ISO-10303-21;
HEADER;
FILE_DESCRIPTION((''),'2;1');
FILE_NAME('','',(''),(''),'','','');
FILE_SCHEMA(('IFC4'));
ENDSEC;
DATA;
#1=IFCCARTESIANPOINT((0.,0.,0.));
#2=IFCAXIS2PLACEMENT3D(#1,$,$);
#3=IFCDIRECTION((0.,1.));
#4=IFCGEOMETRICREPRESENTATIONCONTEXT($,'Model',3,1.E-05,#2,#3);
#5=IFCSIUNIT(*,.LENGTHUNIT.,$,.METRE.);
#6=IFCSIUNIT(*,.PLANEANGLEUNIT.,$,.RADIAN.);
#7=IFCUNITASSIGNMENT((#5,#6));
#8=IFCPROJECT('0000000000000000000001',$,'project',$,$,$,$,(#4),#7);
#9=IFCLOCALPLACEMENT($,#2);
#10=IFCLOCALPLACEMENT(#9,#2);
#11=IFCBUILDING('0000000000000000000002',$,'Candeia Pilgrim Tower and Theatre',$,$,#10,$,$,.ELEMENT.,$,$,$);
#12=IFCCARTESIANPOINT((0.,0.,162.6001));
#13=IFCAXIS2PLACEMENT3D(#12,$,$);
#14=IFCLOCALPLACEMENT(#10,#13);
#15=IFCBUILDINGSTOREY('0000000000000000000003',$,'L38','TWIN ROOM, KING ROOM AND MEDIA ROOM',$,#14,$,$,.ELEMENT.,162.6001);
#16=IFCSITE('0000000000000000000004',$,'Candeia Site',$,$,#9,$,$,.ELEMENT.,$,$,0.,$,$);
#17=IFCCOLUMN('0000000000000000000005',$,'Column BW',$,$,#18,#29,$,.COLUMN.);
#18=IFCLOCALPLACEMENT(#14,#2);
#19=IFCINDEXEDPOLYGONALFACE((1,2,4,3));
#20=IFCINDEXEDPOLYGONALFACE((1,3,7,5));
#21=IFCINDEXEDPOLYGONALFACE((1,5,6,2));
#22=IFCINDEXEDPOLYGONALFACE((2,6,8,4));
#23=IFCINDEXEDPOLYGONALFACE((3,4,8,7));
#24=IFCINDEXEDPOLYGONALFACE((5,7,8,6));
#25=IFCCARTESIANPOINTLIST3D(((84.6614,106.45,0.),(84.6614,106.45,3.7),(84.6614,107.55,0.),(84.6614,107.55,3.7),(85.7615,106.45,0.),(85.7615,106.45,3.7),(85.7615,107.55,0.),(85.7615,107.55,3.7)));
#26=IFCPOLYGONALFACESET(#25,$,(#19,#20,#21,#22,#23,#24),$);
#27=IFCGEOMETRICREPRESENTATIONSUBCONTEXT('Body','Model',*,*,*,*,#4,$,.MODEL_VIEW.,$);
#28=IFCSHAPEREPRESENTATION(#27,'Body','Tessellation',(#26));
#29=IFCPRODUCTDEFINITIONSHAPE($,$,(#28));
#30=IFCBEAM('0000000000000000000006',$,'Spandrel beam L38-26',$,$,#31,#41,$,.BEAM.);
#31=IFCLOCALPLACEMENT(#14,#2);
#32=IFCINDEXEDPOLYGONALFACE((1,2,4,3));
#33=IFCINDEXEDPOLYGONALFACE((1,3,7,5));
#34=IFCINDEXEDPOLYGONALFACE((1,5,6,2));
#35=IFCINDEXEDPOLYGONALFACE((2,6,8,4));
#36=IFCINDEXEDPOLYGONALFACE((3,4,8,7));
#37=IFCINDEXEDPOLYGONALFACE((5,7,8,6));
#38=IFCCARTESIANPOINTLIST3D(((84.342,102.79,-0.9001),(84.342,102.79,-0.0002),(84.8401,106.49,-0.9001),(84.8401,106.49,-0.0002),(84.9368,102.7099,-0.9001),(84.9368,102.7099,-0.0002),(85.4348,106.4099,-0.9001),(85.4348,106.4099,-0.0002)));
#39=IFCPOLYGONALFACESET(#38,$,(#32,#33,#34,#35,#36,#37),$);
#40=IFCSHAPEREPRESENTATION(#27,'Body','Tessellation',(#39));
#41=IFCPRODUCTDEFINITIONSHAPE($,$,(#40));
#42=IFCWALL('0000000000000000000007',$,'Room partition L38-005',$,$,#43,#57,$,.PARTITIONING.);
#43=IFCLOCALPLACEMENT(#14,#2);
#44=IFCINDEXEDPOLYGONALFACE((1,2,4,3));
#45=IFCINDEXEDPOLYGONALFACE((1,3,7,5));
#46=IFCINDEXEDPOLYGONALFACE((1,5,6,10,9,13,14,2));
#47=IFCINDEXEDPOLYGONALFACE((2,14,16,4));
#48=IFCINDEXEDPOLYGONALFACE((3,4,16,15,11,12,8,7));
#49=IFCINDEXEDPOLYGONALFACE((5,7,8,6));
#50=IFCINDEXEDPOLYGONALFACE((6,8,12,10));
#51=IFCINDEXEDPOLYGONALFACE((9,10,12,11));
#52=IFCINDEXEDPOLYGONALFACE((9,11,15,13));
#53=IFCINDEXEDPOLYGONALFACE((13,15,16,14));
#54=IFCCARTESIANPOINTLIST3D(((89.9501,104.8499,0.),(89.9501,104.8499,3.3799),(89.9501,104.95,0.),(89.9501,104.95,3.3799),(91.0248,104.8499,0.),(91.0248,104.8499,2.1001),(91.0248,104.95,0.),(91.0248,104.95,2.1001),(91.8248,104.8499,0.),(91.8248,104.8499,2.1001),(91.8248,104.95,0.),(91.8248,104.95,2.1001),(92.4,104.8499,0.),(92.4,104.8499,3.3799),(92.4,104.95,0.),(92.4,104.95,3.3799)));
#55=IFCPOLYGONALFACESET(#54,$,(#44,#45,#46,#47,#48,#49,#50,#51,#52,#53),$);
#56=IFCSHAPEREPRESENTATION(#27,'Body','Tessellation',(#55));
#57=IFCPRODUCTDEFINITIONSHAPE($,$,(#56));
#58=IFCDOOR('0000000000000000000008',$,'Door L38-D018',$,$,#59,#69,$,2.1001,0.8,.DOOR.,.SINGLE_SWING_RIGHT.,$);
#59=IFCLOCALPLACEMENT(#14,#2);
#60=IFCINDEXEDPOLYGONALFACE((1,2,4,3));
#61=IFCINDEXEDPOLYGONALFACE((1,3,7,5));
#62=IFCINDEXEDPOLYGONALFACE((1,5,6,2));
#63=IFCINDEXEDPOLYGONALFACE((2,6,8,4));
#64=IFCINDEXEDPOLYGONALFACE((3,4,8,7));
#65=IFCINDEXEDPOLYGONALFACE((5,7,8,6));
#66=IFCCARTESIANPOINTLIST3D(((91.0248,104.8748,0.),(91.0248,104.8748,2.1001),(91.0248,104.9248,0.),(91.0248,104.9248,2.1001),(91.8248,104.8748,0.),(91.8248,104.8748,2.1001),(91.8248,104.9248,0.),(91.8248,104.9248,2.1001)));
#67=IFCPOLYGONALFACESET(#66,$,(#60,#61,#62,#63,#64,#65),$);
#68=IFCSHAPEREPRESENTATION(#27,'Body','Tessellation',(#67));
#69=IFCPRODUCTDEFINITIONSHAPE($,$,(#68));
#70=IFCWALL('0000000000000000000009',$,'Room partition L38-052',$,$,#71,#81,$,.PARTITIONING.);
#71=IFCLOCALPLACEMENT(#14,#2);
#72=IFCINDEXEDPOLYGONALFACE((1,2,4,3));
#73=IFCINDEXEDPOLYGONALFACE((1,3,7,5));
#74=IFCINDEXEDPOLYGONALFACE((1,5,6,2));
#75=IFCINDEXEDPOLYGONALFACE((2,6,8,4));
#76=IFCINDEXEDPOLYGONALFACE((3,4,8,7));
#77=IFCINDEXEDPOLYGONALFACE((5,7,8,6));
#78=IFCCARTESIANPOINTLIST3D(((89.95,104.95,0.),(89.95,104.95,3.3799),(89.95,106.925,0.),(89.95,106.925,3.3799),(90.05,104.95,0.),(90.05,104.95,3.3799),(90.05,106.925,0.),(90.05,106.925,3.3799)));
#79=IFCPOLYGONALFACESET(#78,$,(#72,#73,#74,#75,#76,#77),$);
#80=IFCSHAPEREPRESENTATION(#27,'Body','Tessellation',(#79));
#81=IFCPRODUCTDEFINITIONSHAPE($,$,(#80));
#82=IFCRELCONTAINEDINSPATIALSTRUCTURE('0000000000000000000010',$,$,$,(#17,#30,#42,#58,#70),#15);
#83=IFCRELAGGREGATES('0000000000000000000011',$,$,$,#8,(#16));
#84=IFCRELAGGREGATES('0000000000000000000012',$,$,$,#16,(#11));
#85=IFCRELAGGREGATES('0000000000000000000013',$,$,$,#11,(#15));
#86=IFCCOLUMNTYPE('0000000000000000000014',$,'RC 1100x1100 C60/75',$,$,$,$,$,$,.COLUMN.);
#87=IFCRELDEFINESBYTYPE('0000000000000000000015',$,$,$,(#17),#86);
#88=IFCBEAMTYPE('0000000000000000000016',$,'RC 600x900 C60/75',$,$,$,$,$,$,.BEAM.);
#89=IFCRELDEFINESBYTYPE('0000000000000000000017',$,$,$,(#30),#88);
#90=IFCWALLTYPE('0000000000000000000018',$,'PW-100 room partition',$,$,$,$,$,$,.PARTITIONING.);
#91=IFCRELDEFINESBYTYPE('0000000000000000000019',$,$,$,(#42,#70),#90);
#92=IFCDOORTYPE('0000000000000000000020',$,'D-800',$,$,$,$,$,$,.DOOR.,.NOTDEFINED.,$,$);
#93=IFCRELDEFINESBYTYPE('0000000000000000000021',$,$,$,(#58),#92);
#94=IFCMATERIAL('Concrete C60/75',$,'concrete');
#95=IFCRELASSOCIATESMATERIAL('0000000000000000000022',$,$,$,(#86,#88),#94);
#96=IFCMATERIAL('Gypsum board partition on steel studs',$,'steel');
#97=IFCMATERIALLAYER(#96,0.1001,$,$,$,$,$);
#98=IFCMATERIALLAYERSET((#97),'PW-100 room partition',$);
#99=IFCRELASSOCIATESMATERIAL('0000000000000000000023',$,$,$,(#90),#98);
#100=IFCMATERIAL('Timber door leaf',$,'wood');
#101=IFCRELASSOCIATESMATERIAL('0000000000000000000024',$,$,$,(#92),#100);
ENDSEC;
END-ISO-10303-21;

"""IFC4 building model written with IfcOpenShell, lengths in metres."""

from ifc_helpers import new_model, si_unit, direction, frame, frame_2d, origin, origin_2d, place, context, subcontext, project, spatial, rectangle, extrude, material, layer, layer_set, material_profile, profile_set, type_object, element, fill, save


model = new_model("IFC4")

# Units and contexts
model_context = context("Model", 3, precision=1e-05, world=origin(), true_north=direction((0.0, 1.0)))
body_context = subcontext(model_context, "Body", "Model", "MODEL_VIEW")
ifc_project = project(units=[si_unit("LENGTHUNIT", "METRE"), si_unit("PLANEANGLEUNIT", "RADIAN")], contexts=[model_context])

# Site, building, storey
site_placement = place(None, origin())
site = spatial("IfcSite", under=ifc_project, at=site_placement, Name="Candeia Site", CompositionType="ELEMENT", RefElevation=0.0)
building_placement = place(site_placement, origin())
building = spatial("IfcBuilding", under=site, at=building_placement, Name="Candeia Pilgrim Tower and Theatre", CompositionType="ELEMENT")
storey_placement = place(building_placement, frame((0.0, 0.0, 162.6001)))
storey = spatial("IfcBuildingStorey", under=building, at=storey_placement, Name="L38", Description="TWIN ROOM, KING ROOM AND MEDIA ROOM", CompositionType="ELEMENT", Elevation=162.6001)

# Column
ifc_material_1 = material(Name="Concrete C60/75", Category="concrete")
ifc_material_profile_1 = material_profile(ifc_material_1, rectangle(XDim=1.1001, YDim=1.1001, at=origin_2d()))
ifc_profile_set_1 = profile_set([ifc_material_profile_1], Name="Concrete C60/75")
column_type = type_object("IfcColumnType", Name="RC 1100x1100 C60/75", PredefinedType="COLUMN", material=ifc_profile_set_1)
column_placement = place(storey_placement, frame((85.2114, 107.0, 0.0), z_axis=(0.0, 0.0, 1.0), x_axis=(1.0, 0.0, 0.0)))
element("IfcColumn", 1, at=column_placement, inside=storey, type_object=column_type, Name="Column BW", PredefinedType="COLUMN", context=body_context, shape_type="SweptSolid", body=[
    extrude(rectangle(XDim=1.1001, YDim=1.1001, at=origin_2d()), origin(), (0.0, 0.0, 1.0), 3.7),
])

# Beam
ifc_material_profile_2 = material_profile(ifc_material_1, rectangle(XDim=0.6001, YDim=0.8999, at=origin_2d()))
ifc_profile_set_2 = profile_set([ifc_material_profile_2], Name="Concrete C60/75")
beam_type = type_object("IfcBeamType", Name="RC 600x900 C60/75", PredefinedType="BEAM", material=ifc_profile_set_2)
beam_placement = place(storey_placement, frame((85.1375, 106.45, -0.4502), z_axis=(-0.133406, -0.991061, 0.0), x_axis=(0.991061, -0.133406, 0.0)))
element("IfcBeam", 2, at=beam_placement, inside=storey, type_object=beam_type, Name="Spandrel beam L38-26", PredefinedType="BEAM", context=body_context, shape_type="SweptSolid", body=[
    extrude(rectangle(XDim=0.6001, YDim=0.8999, at=origin_2d()), origin(), (0.0, 0.0, 1.0), 3.7334),
])

# Wall, opening, door
ifc_material_2 = material(Name="Gypsum board partition on steel studs", Category="steel")
ifc_layer_1 = layer(ifc_material_2, 0.1001)
ifc_layer_set_1 = layer_set([ifc_layer_1], Name="PW-100 room partition")
wall_type_1 = type_object("IfcWallType", Name="PW-100 room partition", PredefinedType="PARTITIONING", material=ifc_layer_set_1)
wall_1_placement = place(storey_placement, frame((89.95, 104.8999, 0.0), z_axis=(0.0, 0.0, 1.0), x_axis=(1.0, 0.0, 0.0)))
wall_1 = element("IfcWall", 3, at=wall_1_placement, inside=storey, type_object=wall_type_1, Name="Room partition L38-005", PredefinedType="PARTITIONING", context=body_context, shape_type="SweptSolid", body=[
    extrude(rectangle(XDim=2.45, YDim=0.1001, at=frame_2d((1.2251, 0.0))), origin(), (0.0, 0.0, 1.0), 3.3799),
])
opening_1_placement = place(wall_1_placement, frame((1.075, 0.0, 0.0)))
opening_1 = element("IfcOpeningElement", 4, at=opening_1_placement, cuts=wall_1, PredefinedType="OPENING", context=body_context, shape_type="SweptSolid", body=[
    extrude(rectangle(XDim=0.8, YDim=2.1001, at=frame_2d((0.3999, 1.05))), frame((0.0, 0.0601, 0.0), z_axis=(0.0, -1.0, 0.0), x_axis=(1.0, 0.0, 0.0)), (0.0, 0.0, 1.0), 0.1201),
])
ifc_material_3 = material(Name="Timber door leaf", Category="wood")
door_type_1 = type_object("IfcDoorType", Name="D-800", OperationType="NOTDEFINED", PredefinedType="DOOR", material=ifc_material_3)
door_1_placement = place(opening_1_placement, origin())
door_1 = element("IfcDoor", 5, at=door_1_placement, inside=storey, type_object=door_type_1, Name="Door L38-D018", OperationType="SINGLE_SWING_RIGHT", OverallHeight=2.1001, OverallWidth=0.8, PredefinedType="DOOR", context=body_context, shape_type="SweptSolid", body=[
    extrude(rectangle(XDim=0.8, YDim=2.1001, at=frame_2d((0.3999, 1.05))), frame((0.0, 0.0249, 0.0), z_axis=(0.0, -1.0, 0.0), x_axis=(1.0, 0.0, 0.0)), (0.0, 0.0, 1.0), 0.05),
])
fill(opening_1, door_1)

# Wall
wall_2_placement = place(storey_placement, frame((90.0, 104.95, 0.0), z_axis=(0.0, 0.0, 1.0), x_axis=(0.0, 1.0, 0.0)))
element("IfcWall", 6, at=wall_2_placement, inside=storey, type_object=wall_type_1, Name="Room partition L38-052", PredefinedType="PARTITIONING", context=body_context, shape_type="SweptSolid", body=[
    extrude(rectangle(XDim=1.9751, YDim=0.1001, at=frame_2d((0.9875, 0.0))), origin(), (0.0, 0.0, 1.0), 3.3799),
])

save(model, "model.ifc")
